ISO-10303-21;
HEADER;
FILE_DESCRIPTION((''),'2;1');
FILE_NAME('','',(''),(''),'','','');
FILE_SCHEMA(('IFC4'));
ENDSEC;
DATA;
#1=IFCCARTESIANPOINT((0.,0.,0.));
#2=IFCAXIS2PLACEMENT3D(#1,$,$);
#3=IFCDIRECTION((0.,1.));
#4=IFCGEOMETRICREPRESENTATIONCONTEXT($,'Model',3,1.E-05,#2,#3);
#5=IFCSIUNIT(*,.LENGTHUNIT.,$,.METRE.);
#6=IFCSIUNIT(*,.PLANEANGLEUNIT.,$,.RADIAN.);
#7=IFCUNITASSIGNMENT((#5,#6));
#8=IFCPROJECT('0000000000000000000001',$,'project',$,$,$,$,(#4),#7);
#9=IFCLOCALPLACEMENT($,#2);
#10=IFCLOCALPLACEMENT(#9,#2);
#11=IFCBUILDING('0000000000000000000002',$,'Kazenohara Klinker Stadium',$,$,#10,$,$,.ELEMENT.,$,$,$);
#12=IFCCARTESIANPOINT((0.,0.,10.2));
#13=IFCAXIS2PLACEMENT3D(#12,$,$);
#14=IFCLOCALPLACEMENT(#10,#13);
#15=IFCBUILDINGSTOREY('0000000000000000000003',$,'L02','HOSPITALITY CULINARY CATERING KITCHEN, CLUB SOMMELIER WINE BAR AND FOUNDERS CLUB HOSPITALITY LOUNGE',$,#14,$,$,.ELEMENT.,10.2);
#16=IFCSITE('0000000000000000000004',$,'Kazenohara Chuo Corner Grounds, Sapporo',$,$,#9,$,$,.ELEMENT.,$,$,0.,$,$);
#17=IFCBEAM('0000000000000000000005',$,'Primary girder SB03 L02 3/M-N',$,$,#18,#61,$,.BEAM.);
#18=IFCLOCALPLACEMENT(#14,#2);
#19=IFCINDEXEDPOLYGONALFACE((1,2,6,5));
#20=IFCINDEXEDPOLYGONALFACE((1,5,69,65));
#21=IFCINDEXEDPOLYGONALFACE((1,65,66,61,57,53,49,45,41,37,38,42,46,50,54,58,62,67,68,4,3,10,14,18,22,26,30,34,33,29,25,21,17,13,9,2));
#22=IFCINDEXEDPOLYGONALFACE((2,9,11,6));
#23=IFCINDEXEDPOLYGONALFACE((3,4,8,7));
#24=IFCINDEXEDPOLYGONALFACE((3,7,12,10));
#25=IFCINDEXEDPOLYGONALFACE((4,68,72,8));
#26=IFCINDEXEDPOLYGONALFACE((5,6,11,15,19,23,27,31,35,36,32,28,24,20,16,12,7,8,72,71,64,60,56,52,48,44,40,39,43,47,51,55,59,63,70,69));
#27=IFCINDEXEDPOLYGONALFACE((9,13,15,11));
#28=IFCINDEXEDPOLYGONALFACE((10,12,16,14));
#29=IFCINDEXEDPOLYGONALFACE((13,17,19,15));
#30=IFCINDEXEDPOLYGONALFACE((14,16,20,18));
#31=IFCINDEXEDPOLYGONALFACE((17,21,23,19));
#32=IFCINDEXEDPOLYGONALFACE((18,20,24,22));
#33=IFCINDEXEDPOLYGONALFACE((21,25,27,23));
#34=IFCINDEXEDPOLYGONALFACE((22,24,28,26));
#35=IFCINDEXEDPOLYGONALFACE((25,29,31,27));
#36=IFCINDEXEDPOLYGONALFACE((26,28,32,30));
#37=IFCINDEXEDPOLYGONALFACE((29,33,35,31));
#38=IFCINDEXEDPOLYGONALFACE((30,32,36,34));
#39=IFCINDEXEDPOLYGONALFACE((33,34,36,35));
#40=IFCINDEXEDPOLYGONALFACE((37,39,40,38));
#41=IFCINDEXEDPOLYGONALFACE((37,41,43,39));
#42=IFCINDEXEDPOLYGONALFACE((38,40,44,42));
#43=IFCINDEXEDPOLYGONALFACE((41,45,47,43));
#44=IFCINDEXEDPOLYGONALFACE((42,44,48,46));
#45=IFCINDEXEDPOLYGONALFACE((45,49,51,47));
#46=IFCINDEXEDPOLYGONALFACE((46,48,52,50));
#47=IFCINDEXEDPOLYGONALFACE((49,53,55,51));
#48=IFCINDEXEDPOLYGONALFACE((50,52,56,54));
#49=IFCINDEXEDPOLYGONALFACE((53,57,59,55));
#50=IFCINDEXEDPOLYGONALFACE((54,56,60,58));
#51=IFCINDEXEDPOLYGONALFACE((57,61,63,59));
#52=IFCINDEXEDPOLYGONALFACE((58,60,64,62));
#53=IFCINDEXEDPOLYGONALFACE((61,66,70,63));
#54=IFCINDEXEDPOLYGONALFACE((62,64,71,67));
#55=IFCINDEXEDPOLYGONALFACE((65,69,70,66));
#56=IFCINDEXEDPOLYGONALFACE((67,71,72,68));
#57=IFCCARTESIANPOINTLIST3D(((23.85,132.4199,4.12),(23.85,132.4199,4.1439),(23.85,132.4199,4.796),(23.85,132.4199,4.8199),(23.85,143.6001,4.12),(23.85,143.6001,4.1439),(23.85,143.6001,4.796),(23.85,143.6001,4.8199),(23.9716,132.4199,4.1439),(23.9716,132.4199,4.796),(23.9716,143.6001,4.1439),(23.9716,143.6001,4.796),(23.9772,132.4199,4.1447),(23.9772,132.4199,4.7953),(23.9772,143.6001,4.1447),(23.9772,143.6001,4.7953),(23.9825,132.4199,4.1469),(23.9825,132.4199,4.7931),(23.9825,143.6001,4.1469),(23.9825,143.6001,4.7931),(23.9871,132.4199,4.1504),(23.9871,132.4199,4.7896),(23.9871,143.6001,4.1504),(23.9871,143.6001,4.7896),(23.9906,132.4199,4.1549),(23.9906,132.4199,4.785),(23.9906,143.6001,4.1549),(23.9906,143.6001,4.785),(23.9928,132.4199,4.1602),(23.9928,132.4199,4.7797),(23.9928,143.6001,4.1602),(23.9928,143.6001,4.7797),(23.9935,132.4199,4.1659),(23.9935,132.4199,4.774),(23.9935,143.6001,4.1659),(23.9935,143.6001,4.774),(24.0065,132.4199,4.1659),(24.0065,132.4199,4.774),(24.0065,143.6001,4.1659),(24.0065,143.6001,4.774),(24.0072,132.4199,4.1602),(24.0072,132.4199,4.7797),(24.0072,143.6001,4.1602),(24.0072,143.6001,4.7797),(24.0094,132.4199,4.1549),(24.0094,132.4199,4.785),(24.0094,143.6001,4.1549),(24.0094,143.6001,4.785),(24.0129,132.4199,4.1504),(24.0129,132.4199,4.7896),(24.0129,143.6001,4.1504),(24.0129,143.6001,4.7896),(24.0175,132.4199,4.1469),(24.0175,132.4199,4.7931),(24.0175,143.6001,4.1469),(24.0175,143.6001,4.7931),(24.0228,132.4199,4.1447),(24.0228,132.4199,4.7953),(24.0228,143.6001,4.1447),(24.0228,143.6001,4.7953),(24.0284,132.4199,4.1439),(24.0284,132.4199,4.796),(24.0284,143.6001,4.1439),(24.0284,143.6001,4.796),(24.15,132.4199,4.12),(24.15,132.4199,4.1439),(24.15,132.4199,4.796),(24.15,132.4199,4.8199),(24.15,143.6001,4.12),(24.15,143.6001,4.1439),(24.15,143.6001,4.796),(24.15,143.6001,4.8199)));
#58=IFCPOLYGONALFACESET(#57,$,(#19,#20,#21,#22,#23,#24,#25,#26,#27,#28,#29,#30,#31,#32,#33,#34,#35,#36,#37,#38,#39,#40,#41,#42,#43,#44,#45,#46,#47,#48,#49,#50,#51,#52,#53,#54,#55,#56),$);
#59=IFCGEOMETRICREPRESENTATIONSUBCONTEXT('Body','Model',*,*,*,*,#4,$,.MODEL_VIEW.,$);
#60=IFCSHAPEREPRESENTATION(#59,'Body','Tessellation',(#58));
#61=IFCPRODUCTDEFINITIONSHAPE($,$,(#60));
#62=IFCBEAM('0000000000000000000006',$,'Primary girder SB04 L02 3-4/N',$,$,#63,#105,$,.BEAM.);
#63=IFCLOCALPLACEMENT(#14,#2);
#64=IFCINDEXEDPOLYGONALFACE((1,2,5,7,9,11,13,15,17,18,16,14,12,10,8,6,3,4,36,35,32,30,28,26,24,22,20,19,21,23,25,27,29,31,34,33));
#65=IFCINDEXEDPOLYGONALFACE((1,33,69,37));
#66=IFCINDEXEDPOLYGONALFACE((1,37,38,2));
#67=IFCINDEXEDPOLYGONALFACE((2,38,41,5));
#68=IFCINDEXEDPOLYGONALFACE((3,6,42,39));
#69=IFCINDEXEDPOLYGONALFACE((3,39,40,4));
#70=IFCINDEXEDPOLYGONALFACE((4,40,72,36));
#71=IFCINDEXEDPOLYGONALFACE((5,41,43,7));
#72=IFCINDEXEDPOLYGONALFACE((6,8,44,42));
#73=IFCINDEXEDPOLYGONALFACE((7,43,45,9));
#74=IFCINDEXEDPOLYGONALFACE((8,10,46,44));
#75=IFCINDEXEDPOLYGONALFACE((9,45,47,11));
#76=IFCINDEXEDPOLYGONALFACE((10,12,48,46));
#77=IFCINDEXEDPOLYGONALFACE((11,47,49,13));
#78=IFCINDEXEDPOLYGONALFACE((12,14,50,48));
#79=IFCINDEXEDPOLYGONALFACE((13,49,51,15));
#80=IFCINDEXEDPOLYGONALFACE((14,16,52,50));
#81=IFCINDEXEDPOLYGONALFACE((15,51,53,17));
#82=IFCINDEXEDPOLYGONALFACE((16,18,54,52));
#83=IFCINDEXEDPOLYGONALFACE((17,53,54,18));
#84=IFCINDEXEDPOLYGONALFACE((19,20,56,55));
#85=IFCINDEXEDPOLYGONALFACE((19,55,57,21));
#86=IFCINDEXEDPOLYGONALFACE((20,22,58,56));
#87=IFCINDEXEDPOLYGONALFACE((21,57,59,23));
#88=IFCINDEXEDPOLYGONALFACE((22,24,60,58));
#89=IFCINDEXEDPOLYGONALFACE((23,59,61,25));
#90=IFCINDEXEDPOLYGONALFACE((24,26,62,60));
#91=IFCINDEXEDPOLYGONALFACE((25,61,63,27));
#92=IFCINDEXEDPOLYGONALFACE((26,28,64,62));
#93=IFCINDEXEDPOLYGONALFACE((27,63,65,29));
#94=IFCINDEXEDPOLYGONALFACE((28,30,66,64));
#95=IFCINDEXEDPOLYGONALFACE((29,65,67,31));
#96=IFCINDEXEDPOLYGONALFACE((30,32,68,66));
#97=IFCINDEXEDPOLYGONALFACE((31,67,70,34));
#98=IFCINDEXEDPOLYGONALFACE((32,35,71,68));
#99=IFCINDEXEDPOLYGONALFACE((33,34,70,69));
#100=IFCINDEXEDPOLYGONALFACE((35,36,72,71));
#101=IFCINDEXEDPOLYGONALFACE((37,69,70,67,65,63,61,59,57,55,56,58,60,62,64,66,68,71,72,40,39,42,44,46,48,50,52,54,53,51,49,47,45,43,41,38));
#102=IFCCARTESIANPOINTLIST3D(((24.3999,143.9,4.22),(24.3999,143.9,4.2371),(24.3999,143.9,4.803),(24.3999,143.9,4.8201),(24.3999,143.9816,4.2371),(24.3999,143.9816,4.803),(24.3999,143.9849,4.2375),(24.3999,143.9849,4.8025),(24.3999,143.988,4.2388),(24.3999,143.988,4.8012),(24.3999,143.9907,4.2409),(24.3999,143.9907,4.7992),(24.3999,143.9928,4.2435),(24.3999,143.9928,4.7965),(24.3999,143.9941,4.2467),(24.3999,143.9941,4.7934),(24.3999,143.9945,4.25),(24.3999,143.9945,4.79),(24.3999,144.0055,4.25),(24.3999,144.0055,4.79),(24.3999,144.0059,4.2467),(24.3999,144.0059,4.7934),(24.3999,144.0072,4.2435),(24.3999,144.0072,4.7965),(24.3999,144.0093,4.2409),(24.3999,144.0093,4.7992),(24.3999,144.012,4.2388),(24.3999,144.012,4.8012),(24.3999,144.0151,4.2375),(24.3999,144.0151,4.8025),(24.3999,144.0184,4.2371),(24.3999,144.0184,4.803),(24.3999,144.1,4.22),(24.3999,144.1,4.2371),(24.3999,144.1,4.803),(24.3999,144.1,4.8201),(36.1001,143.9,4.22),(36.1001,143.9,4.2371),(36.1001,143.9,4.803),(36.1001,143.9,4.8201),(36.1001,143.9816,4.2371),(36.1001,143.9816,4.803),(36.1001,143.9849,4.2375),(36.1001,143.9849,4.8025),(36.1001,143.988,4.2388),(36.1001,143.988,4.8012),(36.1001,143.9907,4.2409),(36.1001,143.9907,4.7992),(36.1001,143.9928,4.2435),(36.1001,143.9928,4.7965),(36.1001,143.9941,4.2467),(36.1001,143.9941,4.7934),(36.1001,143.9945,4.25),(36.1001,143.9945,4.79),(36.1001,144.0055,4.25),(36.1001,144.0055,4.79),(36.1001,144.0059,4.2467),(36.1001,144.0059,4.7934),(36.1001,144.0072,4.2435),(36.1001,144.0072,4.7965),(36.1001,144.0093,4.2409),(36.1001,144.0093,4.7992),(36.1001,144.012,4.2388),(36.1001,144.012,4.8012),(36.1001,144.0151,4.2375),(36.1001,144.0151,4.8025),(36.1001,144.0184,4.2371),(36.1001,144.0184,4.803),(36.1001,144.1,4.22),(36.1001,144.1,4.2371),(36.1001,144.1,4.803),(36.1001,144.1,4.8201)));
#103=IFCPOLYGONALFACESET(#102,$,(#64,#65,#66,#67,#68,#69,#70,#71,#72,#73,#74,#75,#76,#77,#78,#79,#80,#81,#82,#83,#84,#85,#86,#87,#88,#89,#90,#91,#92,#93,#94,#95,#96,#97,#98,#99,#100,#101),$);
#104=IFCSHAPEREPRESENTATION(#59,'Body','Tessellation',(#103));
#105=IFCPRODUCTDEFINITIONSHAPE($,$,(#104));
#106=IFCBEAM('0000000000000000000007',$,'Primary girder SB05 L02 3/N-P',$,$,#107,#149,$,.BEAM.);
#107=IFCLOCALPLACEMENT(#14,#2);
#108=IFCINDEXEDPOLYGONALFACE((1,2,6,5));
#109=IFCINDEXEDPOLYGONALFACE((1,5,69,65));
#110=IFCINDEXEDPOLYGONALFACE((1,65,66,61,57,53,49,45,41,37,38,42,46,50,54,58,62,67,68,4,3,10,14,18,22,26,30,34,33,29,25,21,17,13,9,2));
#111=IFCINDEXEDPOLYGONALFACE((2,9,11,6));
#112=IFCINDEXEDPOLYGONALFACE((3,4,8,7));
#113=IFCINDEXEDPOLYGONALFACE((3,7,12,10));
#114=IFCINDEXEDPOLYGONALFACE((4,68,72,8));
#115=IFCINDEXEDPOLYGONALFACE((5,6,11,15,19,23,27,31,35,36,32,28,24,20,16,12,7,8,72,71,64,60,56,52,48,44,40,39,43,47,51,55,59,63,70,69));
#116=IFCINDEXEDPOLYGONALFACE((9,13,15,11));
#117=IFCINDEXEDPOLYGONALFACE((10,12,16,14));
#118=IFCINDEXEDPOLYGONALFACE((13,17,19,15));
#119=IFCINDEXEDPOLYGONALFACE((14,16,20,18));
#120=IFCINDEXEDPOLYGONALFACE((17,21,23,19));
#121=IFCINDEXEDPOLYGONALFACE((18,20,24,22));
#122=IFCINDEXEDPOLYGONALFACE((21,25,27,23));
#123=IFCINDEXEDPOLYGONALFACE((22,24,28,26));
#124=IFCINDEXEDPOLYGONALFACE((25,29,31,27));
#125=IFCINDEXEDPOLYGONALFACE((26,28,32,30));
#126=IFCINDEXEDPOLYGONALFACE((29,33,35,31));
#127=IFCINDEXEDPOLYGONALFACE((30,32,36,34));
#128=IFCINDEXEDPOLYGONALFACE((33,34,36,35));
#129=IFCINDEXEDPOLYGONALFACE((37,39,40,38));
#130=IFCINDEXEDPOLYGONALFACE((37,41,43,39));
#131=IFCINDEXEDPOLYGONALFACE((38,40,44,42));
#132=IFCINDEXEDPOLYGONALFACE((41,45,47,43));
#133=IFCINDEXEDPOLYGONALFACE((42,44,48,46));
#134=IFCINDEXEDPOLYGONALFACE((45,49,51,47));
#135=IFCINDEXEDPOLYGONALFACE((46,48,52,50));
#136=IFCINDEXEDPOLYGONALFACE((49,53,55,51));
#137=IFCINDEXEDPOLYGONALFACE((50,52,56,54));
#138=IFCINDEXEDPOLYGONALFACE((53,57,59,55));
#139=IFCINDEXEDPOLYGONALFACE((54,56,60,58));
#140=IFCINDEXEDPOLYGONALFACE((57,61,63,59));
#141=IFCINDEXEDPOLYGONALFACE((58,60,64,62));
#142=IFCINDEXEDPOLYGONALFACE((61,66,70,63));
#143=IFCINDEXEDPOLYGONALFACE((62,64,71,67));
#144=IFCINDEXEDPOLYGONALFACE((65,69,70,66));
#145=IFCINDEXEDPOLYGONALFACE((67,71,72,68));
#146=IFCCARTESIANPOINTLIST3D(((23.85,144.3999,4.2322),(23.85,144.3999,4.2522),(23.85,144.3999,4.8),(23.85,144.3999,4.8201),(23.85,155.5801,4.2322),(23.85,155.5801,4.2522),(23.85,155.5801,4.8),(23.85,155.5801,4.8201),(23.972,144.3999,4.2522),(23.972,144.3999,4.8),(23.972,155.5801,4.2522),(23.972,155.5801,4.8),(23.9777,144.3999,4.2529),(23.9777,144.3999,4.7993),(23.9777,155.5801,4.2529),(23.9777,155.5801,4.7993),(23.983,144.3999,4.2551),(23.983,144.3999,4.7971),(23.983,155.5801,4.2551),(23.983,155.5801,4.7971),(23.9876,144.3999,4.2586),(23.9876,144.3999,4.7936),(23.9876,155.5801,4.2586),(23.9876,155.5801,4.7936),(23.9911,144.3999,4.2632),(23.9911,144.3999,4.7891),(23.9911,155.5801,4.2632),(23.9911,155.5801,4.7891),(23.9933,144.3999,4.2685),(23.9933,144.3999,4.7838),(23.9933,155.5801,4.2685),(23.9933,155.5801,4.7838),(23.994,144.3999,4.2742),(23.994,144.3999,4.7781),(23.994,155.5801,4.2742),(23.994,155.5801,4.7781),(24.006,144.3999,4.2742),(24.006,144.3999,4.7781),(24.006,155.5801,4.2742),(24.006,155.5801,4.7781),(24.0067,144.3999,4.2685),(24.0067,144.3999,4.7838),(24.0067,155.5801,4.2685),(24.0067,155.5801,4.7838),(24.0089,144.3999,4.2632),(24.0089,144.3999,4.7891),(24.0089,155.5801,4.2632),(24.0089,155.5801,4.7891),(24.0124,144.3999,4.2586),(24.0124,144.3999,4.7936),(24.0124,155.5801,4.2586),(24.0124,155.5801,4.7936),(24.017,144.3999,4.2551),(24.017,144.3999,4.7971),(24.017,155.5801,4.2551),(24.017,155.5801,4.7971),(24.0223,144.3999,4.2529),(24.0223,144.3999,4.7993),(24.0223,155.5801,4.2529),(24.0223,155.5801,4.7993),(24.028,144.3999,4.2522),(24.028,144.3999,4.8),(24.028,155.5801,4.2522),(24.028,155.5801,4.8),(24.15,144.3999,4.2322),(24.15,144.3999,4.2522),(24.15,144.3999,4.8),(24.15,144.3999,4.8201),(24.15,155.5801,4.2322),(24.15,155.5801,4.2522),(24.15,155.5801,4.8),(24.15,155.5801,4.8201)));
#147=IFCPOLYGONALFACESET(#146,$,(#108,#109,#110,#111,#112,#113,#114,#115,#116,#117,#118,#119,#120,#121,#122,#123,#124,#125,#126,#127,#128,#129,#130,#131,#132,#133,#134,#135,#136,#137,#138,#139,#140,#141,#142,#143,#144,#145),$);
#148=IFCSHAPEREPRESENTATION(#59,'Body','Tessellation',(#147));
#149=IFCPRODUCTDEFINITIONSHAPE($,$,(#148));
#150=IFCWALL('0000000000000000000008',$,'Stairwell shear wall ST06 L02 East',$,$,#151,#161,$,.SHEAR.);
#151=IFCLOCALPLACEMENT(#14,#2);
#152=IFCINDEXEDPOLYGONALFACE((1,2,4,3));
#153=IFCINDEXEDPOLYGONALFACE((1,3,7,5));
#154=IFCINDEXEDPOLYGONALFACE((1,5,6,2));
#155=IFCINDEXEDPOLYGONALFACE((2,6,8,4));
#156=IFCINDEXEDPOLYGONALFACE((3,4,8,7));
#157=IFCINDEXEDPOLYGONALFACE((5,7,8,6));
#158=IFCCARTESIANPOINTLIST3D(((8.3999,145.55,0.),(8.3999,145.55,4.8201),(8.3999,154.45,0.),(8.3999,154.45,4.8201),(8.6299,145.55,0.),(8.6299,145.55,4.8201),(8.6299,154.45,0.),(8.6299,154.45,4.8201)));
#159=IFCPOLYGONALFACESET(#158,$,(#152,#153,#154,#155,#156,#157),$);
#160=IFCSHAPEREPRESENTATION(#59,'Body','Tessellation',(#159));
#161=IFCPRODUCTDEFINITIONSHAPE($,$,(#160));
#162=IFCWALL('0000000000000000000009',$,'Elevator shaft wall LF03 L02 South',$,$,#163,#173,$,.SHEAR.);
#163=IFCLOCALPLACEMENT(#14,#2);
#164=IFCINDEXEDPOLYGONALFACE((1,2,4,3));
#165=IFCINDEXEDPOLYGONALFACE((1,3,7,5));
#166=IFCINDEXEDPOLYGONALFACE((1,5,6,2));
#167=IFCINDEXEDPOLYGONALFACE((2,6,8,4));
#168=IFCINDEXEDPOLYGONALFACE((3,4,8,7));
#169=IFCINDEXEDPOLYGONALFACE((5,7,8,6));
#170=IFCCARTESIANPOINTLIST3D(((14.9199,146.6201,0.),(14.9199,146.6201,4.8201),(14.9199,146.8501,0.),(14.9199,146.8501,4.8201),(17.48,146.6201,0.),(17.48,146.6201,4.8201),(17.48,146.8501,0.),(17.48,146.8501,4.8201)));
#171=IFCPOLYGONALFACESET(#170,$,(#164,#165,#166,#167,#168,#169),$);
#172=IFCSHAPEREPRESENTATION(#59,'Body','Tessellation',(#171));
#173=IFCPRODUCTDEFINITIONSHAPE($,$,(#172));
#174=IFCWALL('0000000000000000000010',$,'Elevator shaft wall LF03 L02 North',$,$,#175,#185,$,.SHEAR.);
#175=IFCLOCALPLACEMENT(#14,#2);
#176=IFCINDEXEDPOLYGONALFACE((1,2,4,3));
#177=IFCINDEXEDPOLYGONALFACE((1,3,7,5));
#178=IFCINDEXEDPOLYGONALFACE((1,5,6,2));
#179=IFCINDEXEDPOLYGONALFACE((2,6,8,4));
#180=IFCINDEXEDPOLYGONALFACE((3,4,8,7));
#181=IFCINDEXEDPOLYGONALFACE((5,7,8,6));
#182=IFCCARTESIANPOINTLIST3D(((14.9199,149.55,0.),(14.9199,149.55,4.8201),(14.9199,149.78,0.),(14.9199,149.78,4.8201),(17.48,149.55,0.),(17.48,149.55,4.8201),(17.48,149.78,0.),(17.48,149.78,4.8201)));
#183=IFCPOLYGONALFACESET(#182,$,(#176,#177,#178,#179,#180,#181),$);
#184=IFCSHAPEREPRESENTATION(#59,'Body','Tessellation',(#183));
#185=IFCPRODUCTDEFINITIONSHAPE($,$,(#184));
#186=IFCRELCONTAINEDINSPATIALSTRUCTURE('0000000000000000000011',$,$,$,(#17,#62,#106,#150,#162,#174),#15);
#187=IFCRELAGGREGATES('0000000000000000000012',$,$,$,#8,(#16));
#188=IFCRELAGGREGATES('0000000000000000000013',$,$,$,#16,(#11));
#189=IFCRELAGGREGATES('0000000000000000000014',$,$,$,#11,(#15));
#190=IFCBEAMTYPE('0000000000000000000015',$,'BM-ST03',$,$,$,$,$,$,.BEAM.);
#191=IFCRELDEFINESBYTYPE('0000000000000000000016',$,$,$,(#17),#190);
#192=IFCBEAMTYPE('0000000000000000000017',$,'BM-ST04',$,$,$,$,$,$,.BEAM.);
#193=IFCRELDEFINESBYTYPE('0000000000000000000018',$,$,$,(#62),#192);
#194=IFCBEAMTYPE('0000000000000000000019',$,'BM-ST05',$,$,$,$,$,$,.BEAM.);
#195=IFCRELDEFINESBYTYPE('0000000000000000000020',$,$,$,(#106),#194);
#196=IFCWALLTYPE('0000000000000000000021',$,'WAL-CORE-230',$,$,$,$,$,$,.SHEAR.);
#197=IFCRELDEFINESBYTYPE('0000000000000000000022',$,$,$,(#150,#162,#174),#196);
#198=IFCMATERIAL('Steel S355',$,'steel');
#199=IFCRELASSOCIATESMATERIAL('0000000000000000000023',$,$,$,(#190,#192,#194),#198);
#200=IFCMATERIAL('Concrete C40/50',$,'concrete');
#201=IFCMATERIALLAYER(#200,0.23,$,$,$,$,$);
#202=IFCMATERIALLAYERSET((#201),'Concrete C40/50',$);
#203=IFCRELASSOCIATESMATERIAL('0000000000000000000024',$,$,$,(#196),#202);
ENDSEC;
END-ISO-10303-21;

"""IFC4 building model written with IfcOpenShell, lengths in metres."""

from ifc_helpers import new_model, si_unit, direction, frame, frame_2d, origin, origin_2d, place, context, subcontext, project, spatial, rectangle, i_section, extrude, material, layer, layer_set, material_profile, profile_set, type_object, element, save


model = new_model("IFC4")

# Units and contexts
model_context = context("Model", 3, precision=1e-05, world=origin(), true_north=direction((0.0, 1.0)))
body_context = subcontext(model_context, "Body", "Model", "MODEL_VIEW")
ifc_project = project(units=[si_unit("LENGTHUNIT", "METRE"), si_unit("PLANEANGLEUNIT", "RADIAN")], contexts=[model_context])

# Site, building, storey
site_placement = place(None, origin())
site = spatial("IfcSite", under=ifc_project, at=site_placement, Name="Kazenohara Chuo Corner Grounds, Sapporo", CompositionType="ELEMENT", RefElevation=0.0)
building_placement = place(site_placement, origin())
building = spatial("IfcBuilding", under=site, at=building_placement, Name="Kazenohara Klinker Stadium", CompositionType="ELEMENT")
storey_placement = place(building_placement, frame((0.0, 0.0, 10.2)))
storey = spatial("IfcBuildingStorey", under=building, at=storey_placement, Name="L02", Description="HOSPITALITY CULINARY CATERING KITCHEN, CLUB SOMMELIER WINE BAR AND FOUNDERS CLUB HOSPITALITY LOUNGE", CompositionType="ELEMENT", Elevation=10.2)

# Shared definitions
ifc_material_1 = material(Name="Concrete C40/50", Category="concrete")

# Beams
ifc_material_2 = material(Name="Steel S355", Category="steel")
ifc_material_profile_1 = material_profile(ifc_material_2, i_section(OverallWidth=0.3, OverallDepth=0.7, WebThickness=0.0129, FlangeThickness=0.0239, FilletRadius=0.022, at=origin_2d()), Name="H-700x300x13x24")
ifc_profile_set_1 = profile_set([ifc_material_profile_1], Name="Steel S355")
beam_type_1 = type_object("IfcBeamType", Name="BM-ST03", PredefinedType="BEAM", material=ifc_profile_set_1)
for number, where, z_axis, x_axis, name in (
    (1, (24.0, 132.4199, 4.47), (0.0, 1.0, 0.0), (-1.0, 0.0, 0.0), "Primary girder SB03 L02 3/M-N"),
):
    element("IfcBeam", number, at=place(storey_placement, frame(where, z_axis=z_axis, x_axis=x_axis)), inside=storey, type_object=beam_type_1, Name=name, PredefinedType="BEAM", context=body_context, shape_type="SweptSolid", body=[
        extrude(i_section(OverallWidth=0.3, OverallDepth=0.7, WebThickness=0.0129, FlangeThickness=0.0239, FilletRadius=0.022, at=origin_2d()), origin(), (0.0, 0.0, 1.0), 11.1802),
    ])
ifc_material_profile_2 = material_profile(ifc_material_2, i_section(OverallWidth=0.2, OverallDepth=0.6001, WebThickness=0.011, FlangeThickness=0.0171, FilletRadius=0.0129, at=origin_2d()), Name="H-600x200x11x17")
ifc_profile_set_2 = profile_set([ifc_material_profile_2], Name="Steel S355")
beam_type_2 = type_object("IfcBeamType", Name="BM-ST04", PredefinedType="BEAM", material=ifc_profile_set_2)
beam_1_placement = place(storey_placement, frame((24.3999, 144.0, 4.52), z_axis=(1.0, 0.0, 0.0), x_axis=(0.0, 1.0, 0.0)))
element("IfcBeam", 2, at=beam_1_placement, inside=storey, type_object=beam_type_2, Name="Primary girder SB04 L02 3-4/N", PredefinedType="BEAM", context=body_context, shape_type="SweptSolid", body=[
    extrude(i_section(OverallWidth=0.2, OverallDepth=0.6001, WebThickness=0.011, FlangeThickness=0.0171, FilletRadius=0.0129, at=origin_2d()), origin(), (0.0, 0.0, 1.0), 11.7002),
])
ifc_material_profile_3 = material_profile(ifc_material_2, i_section(OverallWidth=0.3, OverallDepth=0.5879, WebThickness=0.012, FlangeThickness=0.02, FilletRadius=0.022, at=origin_2d()), Name="H-588x300x12x20")
ifc_profile_set_3 = profile_set([ifc_material_profile_3], Name="Steel S355")
beam_type_3 = type_object("IfcBeamType", Name="BM-ST05", PredefinedType="BEAM", material=ifc_profile_set_3)
beam_2_placement = place(storey_placement, frame((24.0, 144.3999, 4.5261), z_axis=(0.0, 1.0, 0.0), x_axis=(-1.0, 0.0, 0.0)))
element("IfcBeam", 3, at=beam_2_placement, inside=storey, type_object=beam_type_3, Name="Primary girder SB05 L02 3/N-P", PredefinedType="BEAM", context=body_context, shape_type="SweptSolid", body=[
    extrude(i_section(OverallWidth=0.3, OverallDepth=0.5879, WebThickness=0.012, FlangeThickness=0.02, FilletRadius=0.022, at=origin_2d()), origin(), (0.0, 0.0, 1.0), 11.1802),
])

# Walls
ifc_layer_1 = layer(ifc_material_1, 0.23)
ifc_layer_set_1 = layer_set([ifc_layer_1], Name="Concrete C40/50")
wall_type_1 = type_object("IfcWallType", Name="WAL-CORE-230", PredefinedType="SHEAR", material=ifc_layer_set_1)
wall_1_placement = place(storey_placement, frame((8.5149, 145.55, 0.0), z_axis=(0.0, 0.0, 1.0), x_axis=(0.0, 1.0, 0.0)))
element("IfcWall", 4, at=wall_1_placement, inside=storey, type_object=wall_type_1, Name="Stairwell shear wall ST06 L02 East", PredefinedType="SHEAR", context=body_context, shape_type="SweptSolid", body=[
    extrude(rectangle(XDim=8.8999, YDim=0.23, at=frame_2d((4.45, 0.0))), origin(), (0.0, 0.0, 1.0), 4.8201),
])
for number, where, z_axis, x_axis, name in (
    (5, (14.9199, 146.7351, 0.0), (0.0, 0.0, 1.0), (1.0, 0.0, 0.0), "Elevator shaft wall LF03 L02 South"),
    (6, (14.9199, 149.665, 0.0), (0.0, 0.0, 1.0), (1.0, 0.0, 0.0), "Elevator shaft wall LF03 L02 North"),
):
    element("IfcWall", number, at=place(storey_placement, frame(where, z_axis=z_axis, x_axis=x_axis)), inside=storey, type_object=wall_type_1, Name=name, PredefinedType="SHEAR", context=body_context, shape_type="SweptSolid", body=[
        extrude(rectangle(XDim=2.5601, YDim=0.23, at=frame_2d((1.28, 0.0))), origin(), (0.0, 0.0, 1.0), 4.8201),
    ])

save(model, "model.ifc")
